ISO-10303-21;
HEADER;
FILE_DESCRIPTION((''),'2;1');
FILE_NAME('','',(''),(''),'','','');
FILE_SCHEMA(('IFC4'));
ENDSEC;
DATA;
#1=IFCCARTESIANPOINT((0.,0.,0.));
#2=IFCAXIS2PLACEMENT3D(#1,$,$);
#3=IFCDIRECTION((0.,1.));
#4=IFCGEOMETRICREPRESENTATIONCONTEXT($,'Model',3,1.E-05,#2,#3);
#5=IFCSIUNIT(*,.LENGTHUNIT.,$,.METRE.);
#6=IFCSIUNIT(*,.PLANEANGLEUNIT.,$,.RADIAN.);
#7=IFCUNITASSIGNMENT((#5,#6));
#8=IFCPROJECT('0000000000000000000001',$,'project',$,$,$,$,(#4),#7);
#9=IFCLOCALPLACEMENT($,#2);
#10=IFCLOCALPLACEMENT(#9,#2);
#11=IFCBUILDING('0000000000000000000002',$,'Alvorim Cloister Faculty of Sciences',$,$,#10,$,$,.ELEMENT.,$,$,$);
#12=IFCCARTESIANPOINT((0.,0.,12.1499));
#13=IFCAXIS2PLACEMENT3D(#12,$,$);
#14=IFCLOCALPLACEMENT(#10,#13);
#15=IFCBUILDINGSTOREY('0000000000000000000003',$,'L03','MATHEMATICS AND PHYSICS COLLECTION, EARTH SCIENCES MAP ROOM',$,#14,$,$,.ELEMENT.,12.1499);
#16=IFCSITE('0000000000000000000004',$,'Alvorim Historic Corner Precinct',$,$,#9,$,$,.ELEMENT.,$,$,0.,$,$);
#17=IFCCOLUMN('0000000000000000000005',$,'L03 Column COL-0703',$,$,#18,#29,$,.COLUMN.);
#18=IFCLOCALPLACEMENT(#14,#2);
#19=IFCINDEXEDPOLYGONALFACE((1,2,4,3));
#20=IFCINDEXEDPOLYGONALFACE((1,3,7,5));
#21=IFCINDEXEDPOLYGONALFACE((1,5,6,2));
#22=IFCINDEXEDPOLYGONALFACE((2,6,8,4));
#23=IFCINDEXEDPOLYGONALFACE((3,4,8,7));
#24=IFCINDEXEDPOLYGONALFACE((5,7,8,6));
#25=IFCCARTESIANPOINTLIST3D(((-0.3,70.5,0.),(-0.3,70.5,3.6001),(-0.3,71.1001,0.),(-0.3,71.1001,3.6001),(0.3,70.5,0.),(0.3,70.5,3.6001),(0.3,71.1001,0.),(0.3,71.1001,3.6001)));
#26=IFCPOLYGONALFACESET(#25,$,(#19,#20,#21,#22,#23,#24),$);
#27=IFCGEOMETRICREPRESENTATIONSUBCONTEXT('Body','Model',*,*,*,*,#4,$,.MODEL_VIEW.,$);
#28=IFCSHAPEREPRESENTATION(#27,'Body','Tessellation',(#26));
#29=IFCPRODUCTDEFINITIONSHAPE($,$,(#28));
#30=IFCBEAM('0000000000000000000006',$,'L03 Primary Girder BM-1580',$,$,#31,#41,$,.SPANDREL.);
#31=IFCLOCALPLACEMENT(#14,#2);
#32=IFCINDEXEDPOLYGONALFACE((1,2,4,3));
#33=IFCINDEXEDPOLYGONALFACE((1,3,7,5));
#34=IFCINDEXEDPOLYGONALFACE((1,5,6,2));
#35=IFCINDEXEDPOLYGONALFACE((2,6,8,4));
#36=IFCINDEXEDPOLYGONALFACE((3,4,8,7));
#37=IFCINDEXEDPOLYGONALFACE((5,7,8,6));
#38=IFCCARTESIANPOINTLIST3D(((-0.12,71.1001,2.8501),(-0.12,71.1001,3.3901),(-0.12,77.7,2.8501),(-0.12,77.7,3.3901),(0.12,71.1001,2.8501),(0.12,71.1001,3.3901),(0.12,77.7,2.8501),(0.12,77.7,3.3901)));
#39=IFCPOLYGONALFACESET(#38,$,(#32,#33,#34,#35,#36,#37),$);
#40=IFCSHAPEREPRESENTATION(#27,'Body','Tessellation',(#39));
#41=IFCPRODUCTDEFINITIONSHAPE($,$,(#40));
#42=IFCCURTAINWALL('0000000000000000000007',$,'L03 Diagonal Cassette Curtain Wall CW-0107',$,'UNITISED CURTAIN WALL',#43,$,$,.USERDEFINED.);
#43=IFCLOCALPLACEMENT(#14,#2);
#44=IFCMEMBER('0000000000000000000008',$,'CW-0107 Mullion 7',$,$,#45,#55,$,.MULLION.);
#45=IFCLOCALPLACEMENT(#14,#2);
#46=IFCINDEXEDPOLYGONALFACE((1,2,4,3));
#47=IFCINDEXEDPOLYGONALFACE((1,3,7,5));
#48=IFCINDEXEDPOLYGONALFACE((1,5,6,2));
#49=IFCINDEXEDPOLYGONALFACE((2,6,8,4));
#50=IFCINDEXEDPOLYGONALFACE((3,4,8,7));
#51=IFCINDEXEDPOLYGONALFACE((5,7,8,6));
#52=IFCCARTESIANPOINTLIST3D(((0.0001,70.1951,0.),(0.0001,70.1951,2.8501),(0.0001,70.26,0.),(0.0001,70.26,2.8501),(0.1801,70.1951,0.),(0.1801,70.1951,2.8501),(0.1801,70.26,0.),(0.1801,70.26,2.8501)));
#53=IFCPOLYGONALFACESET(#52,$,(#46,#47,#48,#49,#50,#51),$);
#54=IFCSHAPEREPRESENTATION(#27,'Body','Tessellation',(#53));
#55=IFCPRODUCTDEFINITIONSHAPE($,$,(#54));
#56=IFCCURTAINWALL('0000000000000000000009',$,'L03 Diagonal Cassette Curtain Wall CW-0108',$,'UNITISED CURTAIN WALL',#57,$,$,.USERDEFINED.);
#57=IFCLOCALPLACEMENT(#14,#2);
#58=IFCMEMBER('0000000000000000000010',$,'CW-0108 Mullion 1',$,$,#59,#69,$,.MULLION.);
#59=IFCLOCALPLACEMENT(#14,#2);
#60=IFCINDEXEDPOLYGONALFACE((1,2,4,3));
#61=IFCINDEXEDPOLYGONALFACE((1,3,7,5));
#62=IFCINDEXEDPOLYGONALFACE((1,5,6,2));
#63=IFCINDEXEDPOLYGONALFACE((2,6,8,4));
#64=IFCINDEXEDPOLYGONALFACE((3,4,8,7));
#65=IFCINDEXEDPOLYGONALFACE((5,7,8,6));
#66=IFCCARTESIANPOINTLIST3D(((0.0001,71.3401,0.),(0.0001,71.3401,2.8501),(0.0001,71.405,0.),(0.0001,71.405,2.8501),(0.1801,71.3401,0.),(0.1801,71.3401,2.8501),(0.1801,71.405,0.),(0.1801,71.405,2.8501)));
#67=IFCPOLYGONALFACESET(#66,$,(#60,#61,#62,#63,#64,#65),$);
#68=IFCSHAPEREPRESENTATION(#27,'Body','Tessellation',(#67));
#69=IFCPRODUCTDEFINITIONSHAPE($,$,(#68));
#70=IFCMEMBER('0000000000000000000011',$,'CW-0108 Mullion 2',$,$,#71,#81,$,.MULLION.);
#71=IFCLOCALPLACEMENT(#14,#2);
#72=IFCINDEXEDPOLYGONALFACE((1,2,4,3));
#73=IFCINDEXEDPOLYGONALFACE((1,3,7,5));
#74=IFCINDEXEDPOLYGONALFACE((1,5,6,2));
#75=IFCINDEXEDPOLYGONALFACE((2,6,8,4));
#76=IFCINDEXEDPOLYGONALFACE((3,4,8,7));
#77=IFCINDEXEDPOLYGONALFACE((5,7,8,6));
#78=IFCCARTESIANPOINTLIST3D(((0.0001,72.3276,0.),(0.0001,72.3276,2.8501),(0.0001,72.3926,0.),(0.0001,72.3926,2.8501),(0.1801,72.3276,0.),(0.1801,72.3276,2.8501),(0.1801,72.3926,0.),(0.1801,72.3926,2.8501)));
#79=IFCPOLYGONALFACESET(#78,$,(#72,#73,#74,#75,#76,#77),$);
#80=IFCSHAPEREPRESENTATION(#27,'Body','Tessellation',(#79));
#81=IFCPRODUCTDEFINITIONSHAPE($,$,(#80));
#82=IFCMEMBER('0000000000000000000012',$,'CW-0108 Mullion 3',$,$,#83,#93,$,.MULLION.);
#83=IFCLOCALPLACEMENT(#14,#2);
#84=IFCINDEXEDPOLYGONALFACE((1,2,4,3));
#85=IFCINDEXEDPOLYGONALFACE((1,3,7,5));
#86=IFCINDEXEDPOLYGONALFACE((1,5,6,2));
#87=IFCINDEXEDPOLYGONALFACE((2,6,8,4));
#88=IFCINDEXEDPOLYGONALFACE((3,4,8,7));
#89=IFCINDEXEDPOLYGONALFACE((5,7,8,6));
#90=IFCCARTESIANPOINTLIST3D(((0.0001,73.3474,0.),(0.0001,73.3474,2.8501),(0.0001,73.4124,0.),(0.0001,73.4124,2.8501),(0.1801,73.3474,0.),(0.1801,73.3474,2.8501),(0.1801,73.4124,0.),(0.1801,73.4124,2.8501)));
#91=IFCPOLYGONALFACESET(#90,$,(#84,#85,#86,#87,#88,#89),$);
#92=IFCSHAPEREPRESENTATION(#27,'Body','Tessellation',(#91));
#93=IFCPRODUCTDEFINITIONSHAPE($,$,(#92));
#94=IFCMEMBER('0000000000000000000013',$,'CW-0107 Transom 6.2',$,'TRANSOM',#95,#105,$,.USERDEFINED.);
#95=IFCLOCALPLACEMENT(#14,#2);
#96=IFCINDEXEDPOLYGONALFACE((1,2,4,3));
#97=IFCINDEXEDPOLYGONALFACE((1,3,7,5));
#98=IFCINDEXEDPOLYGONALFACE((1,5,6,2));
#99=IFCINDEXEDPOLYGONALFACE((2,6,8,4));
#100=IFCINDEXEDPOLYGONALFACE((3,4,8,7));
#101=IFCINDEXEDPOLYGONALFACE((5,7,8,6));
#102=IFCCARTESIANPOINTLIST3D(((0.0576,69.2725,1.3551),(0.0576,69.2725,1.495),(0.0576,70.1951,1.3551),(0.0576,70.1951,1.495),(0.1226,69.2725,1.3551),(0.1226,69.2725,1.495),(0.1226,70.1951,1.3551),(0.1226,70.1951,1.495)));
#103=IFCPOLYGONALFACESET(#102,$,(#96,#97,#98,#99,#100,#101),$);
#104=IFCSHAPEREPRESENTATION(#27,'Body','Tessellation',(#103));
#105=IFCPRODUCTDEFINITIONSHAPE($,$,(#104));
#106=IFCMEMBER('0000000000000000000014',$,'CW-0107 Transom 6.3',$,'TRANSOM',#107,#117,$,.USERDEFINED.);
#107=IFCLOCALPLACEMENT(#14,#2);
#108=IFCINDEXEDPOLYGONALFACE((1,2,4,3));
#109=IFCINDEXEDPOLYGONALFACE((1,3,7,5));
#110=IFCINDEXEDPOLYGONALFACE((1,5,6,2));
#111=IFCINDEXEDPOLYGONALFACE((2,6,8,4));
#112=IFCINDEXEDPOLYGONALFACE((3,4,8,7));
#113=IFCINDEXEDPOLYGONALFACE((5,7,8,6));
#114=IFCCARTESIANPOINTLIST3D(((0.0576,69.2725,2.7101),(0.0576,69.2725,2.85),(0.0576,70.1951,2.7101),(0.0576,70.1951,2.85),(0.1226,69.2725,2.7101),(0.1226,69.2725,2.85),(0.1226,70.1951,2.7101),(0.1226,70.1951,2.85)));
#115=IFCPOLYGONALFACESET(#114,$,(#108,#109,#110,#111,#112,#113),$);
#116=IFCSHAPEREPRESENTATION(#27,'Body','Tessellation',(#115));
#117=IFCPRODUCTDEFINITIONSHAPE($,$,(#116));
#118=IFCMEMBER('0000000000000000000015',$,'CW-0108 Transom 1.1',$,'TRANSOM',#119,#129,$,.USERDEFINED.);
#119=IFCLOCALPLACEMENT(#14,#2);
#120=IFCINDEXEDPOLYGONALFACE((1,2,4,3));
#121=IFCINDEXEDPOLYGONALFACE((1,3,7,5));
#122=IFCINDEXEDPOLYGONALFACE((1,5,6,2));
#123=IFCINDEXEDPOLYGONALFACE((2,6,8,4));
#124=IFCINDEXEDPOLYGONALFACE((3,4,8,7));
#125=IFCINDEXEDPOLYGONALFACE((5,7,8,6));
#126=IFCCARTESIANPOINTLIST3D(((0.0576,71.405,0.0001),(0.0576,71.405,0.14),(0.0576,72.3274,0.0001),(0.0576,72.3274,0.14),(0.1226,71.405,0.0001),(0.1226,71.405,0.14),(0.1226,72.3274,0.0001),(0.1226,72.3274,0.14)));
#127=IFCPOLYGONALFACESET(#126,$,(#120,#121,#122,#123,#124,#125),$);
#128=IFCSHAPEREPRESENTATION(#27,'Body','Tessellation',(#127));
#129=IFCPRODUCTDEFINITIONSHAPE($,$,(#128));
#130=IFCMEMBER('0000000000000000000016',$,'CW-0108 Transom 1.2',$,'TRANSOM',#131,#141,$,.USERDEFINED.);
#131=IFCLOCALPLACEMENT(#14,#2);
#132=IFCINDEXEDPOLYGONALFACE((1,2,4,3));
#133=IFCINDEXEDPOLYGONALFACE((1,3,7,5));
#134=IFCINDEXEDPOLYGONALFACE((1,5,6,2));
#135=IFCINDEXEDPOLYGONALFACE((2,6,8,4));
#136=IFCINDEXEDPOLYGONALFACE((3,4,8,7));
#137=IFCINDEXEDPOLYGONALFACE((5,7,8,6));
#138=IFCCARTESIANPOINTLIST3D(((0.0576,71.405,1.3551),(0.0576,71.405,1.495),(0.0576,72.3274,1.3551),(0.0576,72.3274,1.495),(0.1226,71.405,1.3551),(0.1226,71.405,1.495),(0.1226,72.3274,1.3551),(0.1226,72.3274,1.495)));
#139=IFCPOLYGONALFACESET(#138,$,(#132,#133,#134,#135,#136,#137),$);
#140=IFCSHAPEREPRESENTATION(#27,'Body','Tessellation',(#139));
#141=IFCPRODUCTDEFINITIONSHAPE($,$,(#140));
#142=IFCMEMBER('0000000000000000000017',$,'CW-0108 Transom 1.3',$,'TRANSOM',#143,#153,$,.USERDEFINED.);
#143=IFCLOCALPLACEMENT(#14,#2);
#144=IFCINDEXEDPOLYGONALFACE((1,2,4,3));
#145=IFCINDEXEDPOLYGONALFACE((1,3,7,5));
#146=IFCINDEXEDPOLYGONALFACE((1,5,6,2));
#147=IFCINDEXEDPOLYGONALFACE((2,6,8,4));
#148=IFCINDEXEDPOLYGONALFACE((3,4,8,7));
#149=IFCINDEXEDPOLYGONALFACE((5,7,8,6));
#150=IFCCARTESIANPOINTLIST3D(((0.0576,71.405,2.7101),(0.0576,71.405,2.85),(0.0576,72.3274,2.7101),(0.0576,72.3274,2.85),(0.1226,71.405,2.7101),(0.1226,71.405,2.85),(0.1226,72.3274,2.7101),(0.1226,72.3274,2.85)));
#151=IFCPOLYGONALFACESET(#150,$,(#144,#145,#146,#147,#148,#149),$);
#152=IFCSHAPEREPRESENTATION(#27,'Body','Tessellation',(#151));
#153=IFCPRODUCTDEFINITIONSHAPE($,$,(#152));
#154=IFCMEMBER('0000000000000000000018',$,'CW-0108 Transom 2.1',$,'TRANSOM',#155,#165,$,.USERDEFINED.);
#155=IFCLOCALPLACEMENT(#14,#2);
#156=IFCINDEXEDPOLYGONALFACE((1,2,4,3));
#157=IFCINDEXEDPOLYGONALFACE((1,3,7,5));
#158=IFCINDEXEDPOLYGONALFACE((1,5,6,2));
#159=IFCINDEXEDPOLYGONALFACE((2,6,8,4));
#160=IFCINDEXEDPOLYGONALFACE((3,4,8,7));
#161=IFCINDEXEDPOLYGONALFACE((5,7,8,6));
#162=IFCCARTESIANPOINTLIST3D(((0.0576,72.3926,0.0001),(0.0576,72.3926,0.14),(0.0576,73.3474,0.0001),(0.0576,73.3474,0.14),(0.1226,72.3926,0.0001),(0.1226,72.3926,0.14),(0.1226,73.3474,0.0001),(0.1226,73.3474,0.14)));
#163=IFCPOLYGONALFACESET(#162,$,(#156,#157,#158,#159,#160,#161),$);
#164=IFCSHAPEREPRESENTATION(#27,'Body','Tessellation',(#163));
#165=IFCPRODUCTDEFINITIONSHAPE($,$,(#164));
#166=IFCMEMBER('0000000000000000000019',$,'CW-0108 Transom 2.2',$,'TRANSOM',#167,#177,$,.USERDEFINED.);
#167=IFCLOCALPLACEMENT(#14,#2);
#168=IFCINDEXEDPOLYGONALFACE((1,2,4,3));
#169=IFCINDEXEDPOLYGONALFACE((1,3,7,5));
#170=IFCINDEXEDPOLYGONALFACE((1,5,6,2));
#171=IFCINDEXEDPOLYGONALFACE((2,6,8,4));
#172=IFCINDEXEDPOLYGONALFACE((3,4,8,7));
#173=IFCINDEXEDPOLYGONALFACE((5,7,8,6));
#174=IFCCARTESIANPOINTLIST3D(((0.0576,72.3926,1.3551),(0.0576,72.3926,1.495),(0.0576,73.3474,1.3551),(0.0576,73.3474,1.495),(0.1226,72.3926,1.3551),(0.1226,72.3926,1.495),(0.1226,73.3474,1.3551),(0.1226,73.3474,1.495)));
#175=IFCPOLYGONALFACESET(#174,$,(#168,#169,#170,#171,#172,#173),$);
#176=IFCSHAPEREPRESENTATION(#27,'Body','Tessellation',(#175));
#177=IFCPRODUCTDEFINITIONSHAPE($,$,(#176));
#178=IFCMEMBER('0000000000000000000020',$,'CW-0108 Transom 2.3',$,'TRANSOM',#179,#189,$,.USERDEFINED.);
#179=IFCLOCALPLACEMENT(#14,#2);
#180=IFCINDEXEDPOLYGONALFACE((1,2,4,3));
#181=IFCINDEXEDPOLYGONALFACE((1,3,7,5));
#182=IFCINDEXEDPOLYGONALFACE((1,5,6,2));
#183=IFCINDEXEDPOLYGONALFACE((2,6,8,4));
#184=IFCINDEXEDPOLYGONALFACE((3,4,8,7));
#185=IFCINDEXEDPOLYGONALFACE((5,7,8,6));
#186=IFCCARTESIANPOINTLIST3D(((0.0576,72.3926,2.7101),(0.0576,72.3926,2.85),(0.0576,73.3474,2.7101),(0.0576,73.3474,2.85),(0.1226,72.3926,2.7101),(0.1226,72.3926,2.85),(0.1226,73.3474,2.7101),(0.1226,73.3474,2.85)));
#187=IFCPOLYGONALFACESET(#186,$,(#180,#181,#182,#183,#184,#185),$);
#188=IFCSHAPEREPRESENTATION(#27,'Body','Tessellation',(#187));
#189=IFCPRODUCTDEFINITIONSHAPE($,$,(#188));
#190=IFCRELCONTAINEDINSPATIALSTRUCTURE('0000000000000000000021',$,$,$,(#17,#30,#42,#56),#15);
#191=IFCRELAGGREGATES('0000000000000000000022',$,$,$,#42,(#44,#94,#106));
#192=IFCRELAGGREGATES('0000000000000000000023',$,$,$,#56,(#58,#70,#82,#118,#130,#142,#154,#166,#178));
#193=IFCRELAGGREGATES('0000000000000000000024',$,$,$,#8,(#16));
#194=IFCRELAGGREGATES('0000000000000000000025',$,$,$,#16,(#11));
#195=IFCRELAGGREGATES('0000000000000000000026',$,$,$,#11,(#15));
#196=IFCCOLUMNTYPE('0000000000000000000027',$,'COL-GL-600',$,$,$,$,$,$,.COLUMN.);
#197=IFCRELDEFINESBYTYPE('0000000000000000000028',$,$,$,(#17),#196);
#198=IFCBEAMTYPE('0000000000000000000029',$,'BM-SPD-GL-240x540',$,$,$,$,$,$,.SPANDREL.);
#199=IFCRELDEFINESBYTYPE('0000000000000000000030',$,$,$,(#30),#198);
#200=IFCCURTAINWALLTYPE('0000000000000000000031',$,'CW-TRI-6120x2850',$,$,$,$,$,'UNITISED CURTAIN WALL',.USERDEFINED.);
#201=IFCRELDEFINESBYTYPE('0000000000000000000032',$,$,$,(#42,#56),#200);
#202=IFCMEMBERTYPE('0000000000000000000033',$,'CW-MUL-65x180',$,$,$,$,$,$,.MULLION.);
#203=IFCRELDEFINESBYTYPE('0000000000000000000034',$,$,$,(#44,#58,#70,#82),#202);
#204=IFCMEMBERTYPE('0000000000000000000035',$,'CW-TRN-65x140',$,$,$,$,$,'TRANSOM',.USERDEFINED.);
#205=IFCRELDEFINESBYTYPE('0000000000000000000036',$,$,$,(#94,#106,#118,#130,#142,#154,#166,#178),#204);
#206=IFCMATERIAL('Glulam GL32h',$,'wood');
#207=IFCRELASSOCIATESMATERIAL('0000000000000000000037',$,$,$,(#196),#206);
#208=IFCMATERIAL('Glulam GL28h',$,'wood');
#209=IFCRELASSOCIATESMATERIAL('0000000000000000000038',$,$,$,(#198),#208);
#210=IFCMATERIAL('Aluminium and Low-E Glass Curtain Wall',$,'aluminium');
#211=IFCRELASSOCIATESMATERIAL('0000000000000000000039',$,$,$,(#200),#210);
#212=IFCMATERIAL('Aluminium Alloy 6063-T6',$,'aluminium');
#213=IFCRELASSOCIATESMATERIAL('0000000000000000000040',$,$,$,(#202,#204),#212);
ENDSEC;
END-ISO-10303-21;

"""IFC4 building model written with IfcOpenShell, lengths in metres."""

from ifc_helpers import new_model, si_unit, direction, frame, origin, origin_2d, place, context, subcontext, project, spatial, rectangle, extrude, material, material_profile, profile_set, type_object, element, aggregate, save


model = new_model("IFC4")

# Units and contexts
model_context = context("Model", 3, precision=1e-05, world=origin(), true_north=direction((0.0, 1.0)))
body_context = subcontext(model_context, "Body", "Model", "MODEL_VIEW")
ifc_project = project(units=[si_unit("LENGTHUNIT", "METRE"), si_unit("PLANEANGLEUNIT", "RADIAN")], contexts=[model_context])

# Site, building, storey
site_placement = place(None, origin())
site = spatial("IfcSite", under=ifc_project, at=site_placement, Name="Alvorim Historic Corner Precinct", CompositionType="ELEMENT", RefElevation=0.0)
building_placement = place(site_placement, origin())
building = spatial("IfcBuilding", under=site, at=building_placement, Name="Alvorim Cloister Faculty of Sciences", CompositionType="ELEMENT")
storey_placement = place(building_placement, frame((0.0, 0.0, 12.1499)))
storey = spatial("IfcBuildingStorey", under=building, at=storey_placement, Name="L03", Description="MATHEMATICS AND PHYSICS COLLECTION, EARTH SCIENCES MAP ROOM", CompositionType="ELEMENT", Elevation=12.1499)

# Column
ifc_material_1 = material(Name="Glulam GL32h", Category="wood")
ifc_material_profile_1 = material_profile(ifc_material_1, rectangle(XDim=0.6001, YDim=0.6001, at=origin_2d()), Name="GL32-COL-600x600")
ifc_profile_set_1 = profile_set([ifc_material_profile_1], Name="Glulam GL32h")
column_type = type_object("IfcColumnType", Name="COL-GL-600", PredefinedType="COLUMN", material=ifc_profile_set_1)
column_placement = place(storey_placement, frame((0.0, 70.8, 0.0), z_axis=(0.0, 0.0, 1.0), x_axis=(1.0, 0.0, 0.0)))
element("IfcColumn", 1, at=column_placement, inside=storey, type_object=column_type, Name="L03 Column COL-0703", PredefinedType="COLUMN", context=body_context, shape_type="SweptSolid", body=[
    extrude(rectangle(XDim=0.6001, YDim=0.6001, at=origin_2d()), origin(), (0.0, 0.0, 1.0), 3.6001),
])

# Beam
ifc_material_2 = material(Name="Glulam GL28h", Category="wood")
ifc_material_profile_2 = material_profile(ifc_material_2, rectangle(XDim=0.24, YDim=0.54, at=origin_2d()), Name="GL28-SPD-240x540")
ifc_profile_set_2 = profile_set([ifc_material_profile_2], Name="Glulam GL28h")
beam_type = type_object("IfcBeamType", Name="BM-SPD-GL-240x540", PredefinedType="SPANDREL", material=ifc_profile_set_2)
beam_placement = place(storey_placement, frame((0.0, 71.1001, 3.1201), z_axis=(0.0, 1.0, 0.0), x_axis=(-1.0, 0.0, 0.0)))
element("IfcBeam", 2, at=beam_placement, inside=storey, type_object=beam_type, Name="L03 Primary Girder BM-1580", PredefinedType="SPANDREL", context=body_context, shape_type="SweptSolid", body=[
    extrude(rectangle(XDim=0.24, YDim=0.54, at=origin_2d()), origin(), (0.0, 0.0, 1.0), 6.5999),
])

# Curtain wall, member
ifc_material_3 = material(Name="Aluminium and Low-E Glass Curtain Wall", Category="aluminium")
curtain_wall_type = type_object("IfcCurtainWallType", Name="CW-TRI-6120x2850", ElementType="UNITISED CURTAIN WALL", PredefinedType="USERDEFINED", material=ifc_material_3)
curtain_wall_1_placement = place(storey_placement, origin())
curtain_wall_1 = element("IfcCurtainWall", 3, at=curtain_wall_1_placement, inside=storey, type_object=curtain_wall_type, Name="L03 Diagonal Cassette Curtain Wall CW-0107", ObjectType="UNITISED CURTAIN WALL", PredefinedType="USERDEFINED")
ifc_material_4 = material(Name="Aluminium Alloy 6063-T6", Category="aluminium")
ifc_material_profile_3 = material_profile(ifc_material_4, rectangle(XDim=0.0649, YDim=0.1799, at=origin_2d()), Name="ALU-MUL-65x180")
ifc_profile_set_3 = profile_set([ifc_material_profile_3], Name="Aluminium Alloy 6063-T6")
member_type_1 = type_object("IfcMemberType", Name="CW-MUL-65x180", PredefinedType="MULLION", material=ifc_profile_set_3)
member_1_placement = place(storey_placement, frame((0.0901, 70.2275, 0.0), z_axis=(0.0, 0.0, 1.0), x_axis=(0.0, 1.0, 0.0)))
member_1 = element("IfcMember", 4, at=member_1_placement, type_object=member_type_1, Name="CW-0107 Mullion 7", PredefinedType="MULLION", context=body_context, shape_type="SweptSolid", body=[
    extrude(rectangle(XDim=0.0649, YDim=0.1799, at=origin_2d()), origin(), (0.0, 0.0, 1.0), 2.8501),
])

# Curtain wall, members
curtain_wall_2_placement = place(storey_placement, origin())
curtain_wall_2 = element("IfcCurtainWall", 5, at=curtain_wall_2_placement, inside=storey, type_object=curtain_wall_type, Name="L03 Diagonal Cassette Curtain Wall CW-0108", ObjectType="UNITISED CURTAIN WALL", PredefinedType="USERDEFINED")
member_2_placement = place(storey_placement, frame((0.0901, 71.3726, 0.0), z_axis=(0.0, 0.0, 1.0), x_axis=(0.0, 1.0, 0.0)))
member_2 = element("IfcMember", 6, at=member_2_placement, type_object=member_type_1, Name="CW-0108 Mullion 1", PredefinedType="MULLION", context=body_context, shape_type="SweptSolid", body=[
    extrude(rectangle(XDim=0.0649, YDim=0.1799, at=origin_2d()), origin(), (0.0, 0.0, 1.0), 2.8501),
])
member_3_placement = place(storey_placement, frame((0.0901, 72.3601, 0.0), z_axis=(0.0, 0.0, 1.0), x_axis=(0.0, 1.0, 0.0)))
member_3 = element("IfcMember", 7, at=member_3_placement, type_object=member_type_1, Name="CW-0108 Mullion 2", PredefinedType="MULLION", context=body_context, shape_type="SweptSolid", body=[
    extrude(rectangle(XDim=0.0649, YDim=0.1799, at=origin_2d()), origin(), (0.0, 0.0, 1.0), 2.8501),
])
member_4_placement = place(storey_placement, frame((0.0901, 73.3799, 0.0), z_axis=(0.0, 0.0, 1.0), x_axis=(0.0, 1.0, 0.0)))
member_4 = element("IfcMember", 8, at=member_4_placement, type_object=member_type_1, Name="CW-0108 Mullion 3", PredefinedType="MULLION", context=body_context, shape_type="SweptSolid", body=[
    extrude(rectangle(XDim=0.0649, YDim=0.1799, at=origin_2d()), origin(), (0.0, 0.0, 1.0), 2.8501),
])

# Members
ifc_material_profile_4 = material_profile(ifc_material_4, rectangle(XDim=0.0649, YDim=0.1399, at=origin_2d()), Name="ALU-TRN-65x140")
ifc_profile_set_4 = profile_set([ifc_material_profile_4], Name="Aluminium Alloy 6063-T6")
member_type_2 = type_object("IfcMemberType", Name="CW-TRN-65x140", ElementType="TRANSOM", PredefinedType="USERDEFINED", material=ifc_profile_set_4)
member_5_placement = place(storey_placement, frame((0.0901, 69.2725, 1.425), z_axis=(0.0, 1.0, 0.0), x_axis=(-1.0, 0.0, 0.0)))
member_5 = element("IfcMember", 9, at=member_5_placement, type_object=member_type_2, Name="CW-0107 Transom 6.2", ObjectType="TRANSOM", PredefinedType="USERDEFINED", context=body_context, shape_type="SweptSolid", body=[
    extrude(rectangle(XDim=0.0649, YDim=0.1399, at=origin_2d()), origin(), (0.0, 0.0, 1.0), 0.9226),
])
member_6_placement = place(storey_placement, frame((0.0901, 69.2725, 2.78), z_axis=(0.0, 1.0, 0.0), x_axis=(-1.0, 0.0, 0.0)))
member_6 = element("IfcMember", 10, at=member_6_placement, type_object=member_type_2, Name="CW-0107 Transom 6.3", ObjectType="TRANSOM", PredefinedType="USERDEFINED", context=body_context, shape_type="SweptSolid", body=[
    extrude(rectangle(XDim=0.0649, YDim=0.1399, at=origin_2d()), origin(), (0.0, 0.0, 1.0), 0.9226),
])
aggregate(curtain_wall_1, [member_1, member_5, member_6])
member_7_placement = place(storey_placement, frame((0.0901, 71.405, 0.0701), z_axis=(0.0, 1.0, 0.0), x_axis=(-1.0, 0.0, 0.0)))
member_7 = element("IfcMember", 11, at=member_7_placement, type_object=member_type_2, Name="CW-0108 Transom 1.1", ObjectType="TRANSOM", PredefinedType="USERDEFINED", context=body_context, shape_type="SweptSolid", body=[
    extrude(rectangle(XDim=0.0649, YDim=0.1399, at=origin_2d()), origin(), (0.0, 0.0, 1.0), 0.9224),
])
member_8_placement = place(storey_placement, frame((0.0901, 71.405, 1.425), z_axis=(0.0, 1.0, 0.0), x_axis=(-1.0, 0.0, 0.0)))
member_8 = element("IfcMember", 12, at=member_8_placement, type_object=member_type_2, Name="CW-0108 Transom 1.2", ObjectType="TRANSOM", PredefinedType="USERDEFINED", context=body_context, shape_type="SweptSolid", body=[
    extrude(rectangle(XDim=0.0649, YDim=0.1399, at=origin_2d()), origin(), (0.0, 0.0, 1.0), 0.9224),
])
member_9_placement = place(storey_placement, frame((0.0901, 71.405, 2.78), z_axis=(0.0, 1.0, 0.0), x_axis=(-1.0, 0.0, 0.0)))
member_9 = element("IfcMember", 13, at=member_9_placement, type_object=member_type_2, Name="CW-0108 Transom 1.3", ObjectType="TRANSOM", PredefinedType="USERDEFINED", context=body_context, shape_type="SweptSolid", body=[
    extrude(rectangle(XDim=0.0649, YDim=0.1399, at=origin_2d()), origin(), (0.0, 0.0, 1.0), 0.9224),
])
member_10_placement = place(storey_placement, frame((0.0901, 72.3926, 0.0701), z_axis=(0.0, 1.0, 0.0), x_axis=(-1.0, 0.0, 0.0)))
member_10 = element("IfcMember", 14, at=member_10_placement, type_object=member_type_2, Name="CW-0108 Transom 2.1", ObjectType="TRANSOM", PredefinedType="USERDEFINED", context=body_context, shape_type="SweptSolid", body=[
    extrude(rectangle(XDim=0.0649, YDim=0.1399, at=origin_2d()), origin(), (0.0, 0.0, 1.0), 0.9548),
])
member_11_placement = place(storey_placement, frame((0.0901, 72.3926, 1.425), z_axis=(0.0, 1.0, 0.0), x_axis=(-1.0, 0.0, 0.0)))
member_11 = element("IfcMember", 15, at=member_11_placement, type_object=member_type_2, Name="CW-0108 Transom 2.2", ObjectType="TRANSOM", PredefinedType="USERDEFINED", context=body_context, shape_type="SweptSolid", body=[
    extrude(rectangle(XDim=0.0649, YDim=0.1399, at=origin_2d()), origin(), (0.0, 0.0, 1.0), 0.9548),
])
member_12_placement = place(storey_placement, frame((0.0901, 72.3926, 2.78), z_axis=(0.0, 1.0, 0.0), x_axis=(-1.0, 0.0, 0.0)))
member_12 = element("IfcMember", 16, at=member_12_placement, type_object=member_type_2, Name="CW-0108 Transom 2.3", ObjectType="TRANSOM", PredefinedType="USERDEFINED", context=body_context, shape_type="SweptSolid", body=[
    extrude(rectangle(XDim=0.0649, YDim=0.1399, at=origin_2d()), origin(), (0.0, 0.0, 1.0), 0.9548),
])

aggregate(curtain_wall_2, [member_2, member_3, member_4, member_7, member_8, member_9, member_10, member_11, member_12])

save(model, "model.ifc")
